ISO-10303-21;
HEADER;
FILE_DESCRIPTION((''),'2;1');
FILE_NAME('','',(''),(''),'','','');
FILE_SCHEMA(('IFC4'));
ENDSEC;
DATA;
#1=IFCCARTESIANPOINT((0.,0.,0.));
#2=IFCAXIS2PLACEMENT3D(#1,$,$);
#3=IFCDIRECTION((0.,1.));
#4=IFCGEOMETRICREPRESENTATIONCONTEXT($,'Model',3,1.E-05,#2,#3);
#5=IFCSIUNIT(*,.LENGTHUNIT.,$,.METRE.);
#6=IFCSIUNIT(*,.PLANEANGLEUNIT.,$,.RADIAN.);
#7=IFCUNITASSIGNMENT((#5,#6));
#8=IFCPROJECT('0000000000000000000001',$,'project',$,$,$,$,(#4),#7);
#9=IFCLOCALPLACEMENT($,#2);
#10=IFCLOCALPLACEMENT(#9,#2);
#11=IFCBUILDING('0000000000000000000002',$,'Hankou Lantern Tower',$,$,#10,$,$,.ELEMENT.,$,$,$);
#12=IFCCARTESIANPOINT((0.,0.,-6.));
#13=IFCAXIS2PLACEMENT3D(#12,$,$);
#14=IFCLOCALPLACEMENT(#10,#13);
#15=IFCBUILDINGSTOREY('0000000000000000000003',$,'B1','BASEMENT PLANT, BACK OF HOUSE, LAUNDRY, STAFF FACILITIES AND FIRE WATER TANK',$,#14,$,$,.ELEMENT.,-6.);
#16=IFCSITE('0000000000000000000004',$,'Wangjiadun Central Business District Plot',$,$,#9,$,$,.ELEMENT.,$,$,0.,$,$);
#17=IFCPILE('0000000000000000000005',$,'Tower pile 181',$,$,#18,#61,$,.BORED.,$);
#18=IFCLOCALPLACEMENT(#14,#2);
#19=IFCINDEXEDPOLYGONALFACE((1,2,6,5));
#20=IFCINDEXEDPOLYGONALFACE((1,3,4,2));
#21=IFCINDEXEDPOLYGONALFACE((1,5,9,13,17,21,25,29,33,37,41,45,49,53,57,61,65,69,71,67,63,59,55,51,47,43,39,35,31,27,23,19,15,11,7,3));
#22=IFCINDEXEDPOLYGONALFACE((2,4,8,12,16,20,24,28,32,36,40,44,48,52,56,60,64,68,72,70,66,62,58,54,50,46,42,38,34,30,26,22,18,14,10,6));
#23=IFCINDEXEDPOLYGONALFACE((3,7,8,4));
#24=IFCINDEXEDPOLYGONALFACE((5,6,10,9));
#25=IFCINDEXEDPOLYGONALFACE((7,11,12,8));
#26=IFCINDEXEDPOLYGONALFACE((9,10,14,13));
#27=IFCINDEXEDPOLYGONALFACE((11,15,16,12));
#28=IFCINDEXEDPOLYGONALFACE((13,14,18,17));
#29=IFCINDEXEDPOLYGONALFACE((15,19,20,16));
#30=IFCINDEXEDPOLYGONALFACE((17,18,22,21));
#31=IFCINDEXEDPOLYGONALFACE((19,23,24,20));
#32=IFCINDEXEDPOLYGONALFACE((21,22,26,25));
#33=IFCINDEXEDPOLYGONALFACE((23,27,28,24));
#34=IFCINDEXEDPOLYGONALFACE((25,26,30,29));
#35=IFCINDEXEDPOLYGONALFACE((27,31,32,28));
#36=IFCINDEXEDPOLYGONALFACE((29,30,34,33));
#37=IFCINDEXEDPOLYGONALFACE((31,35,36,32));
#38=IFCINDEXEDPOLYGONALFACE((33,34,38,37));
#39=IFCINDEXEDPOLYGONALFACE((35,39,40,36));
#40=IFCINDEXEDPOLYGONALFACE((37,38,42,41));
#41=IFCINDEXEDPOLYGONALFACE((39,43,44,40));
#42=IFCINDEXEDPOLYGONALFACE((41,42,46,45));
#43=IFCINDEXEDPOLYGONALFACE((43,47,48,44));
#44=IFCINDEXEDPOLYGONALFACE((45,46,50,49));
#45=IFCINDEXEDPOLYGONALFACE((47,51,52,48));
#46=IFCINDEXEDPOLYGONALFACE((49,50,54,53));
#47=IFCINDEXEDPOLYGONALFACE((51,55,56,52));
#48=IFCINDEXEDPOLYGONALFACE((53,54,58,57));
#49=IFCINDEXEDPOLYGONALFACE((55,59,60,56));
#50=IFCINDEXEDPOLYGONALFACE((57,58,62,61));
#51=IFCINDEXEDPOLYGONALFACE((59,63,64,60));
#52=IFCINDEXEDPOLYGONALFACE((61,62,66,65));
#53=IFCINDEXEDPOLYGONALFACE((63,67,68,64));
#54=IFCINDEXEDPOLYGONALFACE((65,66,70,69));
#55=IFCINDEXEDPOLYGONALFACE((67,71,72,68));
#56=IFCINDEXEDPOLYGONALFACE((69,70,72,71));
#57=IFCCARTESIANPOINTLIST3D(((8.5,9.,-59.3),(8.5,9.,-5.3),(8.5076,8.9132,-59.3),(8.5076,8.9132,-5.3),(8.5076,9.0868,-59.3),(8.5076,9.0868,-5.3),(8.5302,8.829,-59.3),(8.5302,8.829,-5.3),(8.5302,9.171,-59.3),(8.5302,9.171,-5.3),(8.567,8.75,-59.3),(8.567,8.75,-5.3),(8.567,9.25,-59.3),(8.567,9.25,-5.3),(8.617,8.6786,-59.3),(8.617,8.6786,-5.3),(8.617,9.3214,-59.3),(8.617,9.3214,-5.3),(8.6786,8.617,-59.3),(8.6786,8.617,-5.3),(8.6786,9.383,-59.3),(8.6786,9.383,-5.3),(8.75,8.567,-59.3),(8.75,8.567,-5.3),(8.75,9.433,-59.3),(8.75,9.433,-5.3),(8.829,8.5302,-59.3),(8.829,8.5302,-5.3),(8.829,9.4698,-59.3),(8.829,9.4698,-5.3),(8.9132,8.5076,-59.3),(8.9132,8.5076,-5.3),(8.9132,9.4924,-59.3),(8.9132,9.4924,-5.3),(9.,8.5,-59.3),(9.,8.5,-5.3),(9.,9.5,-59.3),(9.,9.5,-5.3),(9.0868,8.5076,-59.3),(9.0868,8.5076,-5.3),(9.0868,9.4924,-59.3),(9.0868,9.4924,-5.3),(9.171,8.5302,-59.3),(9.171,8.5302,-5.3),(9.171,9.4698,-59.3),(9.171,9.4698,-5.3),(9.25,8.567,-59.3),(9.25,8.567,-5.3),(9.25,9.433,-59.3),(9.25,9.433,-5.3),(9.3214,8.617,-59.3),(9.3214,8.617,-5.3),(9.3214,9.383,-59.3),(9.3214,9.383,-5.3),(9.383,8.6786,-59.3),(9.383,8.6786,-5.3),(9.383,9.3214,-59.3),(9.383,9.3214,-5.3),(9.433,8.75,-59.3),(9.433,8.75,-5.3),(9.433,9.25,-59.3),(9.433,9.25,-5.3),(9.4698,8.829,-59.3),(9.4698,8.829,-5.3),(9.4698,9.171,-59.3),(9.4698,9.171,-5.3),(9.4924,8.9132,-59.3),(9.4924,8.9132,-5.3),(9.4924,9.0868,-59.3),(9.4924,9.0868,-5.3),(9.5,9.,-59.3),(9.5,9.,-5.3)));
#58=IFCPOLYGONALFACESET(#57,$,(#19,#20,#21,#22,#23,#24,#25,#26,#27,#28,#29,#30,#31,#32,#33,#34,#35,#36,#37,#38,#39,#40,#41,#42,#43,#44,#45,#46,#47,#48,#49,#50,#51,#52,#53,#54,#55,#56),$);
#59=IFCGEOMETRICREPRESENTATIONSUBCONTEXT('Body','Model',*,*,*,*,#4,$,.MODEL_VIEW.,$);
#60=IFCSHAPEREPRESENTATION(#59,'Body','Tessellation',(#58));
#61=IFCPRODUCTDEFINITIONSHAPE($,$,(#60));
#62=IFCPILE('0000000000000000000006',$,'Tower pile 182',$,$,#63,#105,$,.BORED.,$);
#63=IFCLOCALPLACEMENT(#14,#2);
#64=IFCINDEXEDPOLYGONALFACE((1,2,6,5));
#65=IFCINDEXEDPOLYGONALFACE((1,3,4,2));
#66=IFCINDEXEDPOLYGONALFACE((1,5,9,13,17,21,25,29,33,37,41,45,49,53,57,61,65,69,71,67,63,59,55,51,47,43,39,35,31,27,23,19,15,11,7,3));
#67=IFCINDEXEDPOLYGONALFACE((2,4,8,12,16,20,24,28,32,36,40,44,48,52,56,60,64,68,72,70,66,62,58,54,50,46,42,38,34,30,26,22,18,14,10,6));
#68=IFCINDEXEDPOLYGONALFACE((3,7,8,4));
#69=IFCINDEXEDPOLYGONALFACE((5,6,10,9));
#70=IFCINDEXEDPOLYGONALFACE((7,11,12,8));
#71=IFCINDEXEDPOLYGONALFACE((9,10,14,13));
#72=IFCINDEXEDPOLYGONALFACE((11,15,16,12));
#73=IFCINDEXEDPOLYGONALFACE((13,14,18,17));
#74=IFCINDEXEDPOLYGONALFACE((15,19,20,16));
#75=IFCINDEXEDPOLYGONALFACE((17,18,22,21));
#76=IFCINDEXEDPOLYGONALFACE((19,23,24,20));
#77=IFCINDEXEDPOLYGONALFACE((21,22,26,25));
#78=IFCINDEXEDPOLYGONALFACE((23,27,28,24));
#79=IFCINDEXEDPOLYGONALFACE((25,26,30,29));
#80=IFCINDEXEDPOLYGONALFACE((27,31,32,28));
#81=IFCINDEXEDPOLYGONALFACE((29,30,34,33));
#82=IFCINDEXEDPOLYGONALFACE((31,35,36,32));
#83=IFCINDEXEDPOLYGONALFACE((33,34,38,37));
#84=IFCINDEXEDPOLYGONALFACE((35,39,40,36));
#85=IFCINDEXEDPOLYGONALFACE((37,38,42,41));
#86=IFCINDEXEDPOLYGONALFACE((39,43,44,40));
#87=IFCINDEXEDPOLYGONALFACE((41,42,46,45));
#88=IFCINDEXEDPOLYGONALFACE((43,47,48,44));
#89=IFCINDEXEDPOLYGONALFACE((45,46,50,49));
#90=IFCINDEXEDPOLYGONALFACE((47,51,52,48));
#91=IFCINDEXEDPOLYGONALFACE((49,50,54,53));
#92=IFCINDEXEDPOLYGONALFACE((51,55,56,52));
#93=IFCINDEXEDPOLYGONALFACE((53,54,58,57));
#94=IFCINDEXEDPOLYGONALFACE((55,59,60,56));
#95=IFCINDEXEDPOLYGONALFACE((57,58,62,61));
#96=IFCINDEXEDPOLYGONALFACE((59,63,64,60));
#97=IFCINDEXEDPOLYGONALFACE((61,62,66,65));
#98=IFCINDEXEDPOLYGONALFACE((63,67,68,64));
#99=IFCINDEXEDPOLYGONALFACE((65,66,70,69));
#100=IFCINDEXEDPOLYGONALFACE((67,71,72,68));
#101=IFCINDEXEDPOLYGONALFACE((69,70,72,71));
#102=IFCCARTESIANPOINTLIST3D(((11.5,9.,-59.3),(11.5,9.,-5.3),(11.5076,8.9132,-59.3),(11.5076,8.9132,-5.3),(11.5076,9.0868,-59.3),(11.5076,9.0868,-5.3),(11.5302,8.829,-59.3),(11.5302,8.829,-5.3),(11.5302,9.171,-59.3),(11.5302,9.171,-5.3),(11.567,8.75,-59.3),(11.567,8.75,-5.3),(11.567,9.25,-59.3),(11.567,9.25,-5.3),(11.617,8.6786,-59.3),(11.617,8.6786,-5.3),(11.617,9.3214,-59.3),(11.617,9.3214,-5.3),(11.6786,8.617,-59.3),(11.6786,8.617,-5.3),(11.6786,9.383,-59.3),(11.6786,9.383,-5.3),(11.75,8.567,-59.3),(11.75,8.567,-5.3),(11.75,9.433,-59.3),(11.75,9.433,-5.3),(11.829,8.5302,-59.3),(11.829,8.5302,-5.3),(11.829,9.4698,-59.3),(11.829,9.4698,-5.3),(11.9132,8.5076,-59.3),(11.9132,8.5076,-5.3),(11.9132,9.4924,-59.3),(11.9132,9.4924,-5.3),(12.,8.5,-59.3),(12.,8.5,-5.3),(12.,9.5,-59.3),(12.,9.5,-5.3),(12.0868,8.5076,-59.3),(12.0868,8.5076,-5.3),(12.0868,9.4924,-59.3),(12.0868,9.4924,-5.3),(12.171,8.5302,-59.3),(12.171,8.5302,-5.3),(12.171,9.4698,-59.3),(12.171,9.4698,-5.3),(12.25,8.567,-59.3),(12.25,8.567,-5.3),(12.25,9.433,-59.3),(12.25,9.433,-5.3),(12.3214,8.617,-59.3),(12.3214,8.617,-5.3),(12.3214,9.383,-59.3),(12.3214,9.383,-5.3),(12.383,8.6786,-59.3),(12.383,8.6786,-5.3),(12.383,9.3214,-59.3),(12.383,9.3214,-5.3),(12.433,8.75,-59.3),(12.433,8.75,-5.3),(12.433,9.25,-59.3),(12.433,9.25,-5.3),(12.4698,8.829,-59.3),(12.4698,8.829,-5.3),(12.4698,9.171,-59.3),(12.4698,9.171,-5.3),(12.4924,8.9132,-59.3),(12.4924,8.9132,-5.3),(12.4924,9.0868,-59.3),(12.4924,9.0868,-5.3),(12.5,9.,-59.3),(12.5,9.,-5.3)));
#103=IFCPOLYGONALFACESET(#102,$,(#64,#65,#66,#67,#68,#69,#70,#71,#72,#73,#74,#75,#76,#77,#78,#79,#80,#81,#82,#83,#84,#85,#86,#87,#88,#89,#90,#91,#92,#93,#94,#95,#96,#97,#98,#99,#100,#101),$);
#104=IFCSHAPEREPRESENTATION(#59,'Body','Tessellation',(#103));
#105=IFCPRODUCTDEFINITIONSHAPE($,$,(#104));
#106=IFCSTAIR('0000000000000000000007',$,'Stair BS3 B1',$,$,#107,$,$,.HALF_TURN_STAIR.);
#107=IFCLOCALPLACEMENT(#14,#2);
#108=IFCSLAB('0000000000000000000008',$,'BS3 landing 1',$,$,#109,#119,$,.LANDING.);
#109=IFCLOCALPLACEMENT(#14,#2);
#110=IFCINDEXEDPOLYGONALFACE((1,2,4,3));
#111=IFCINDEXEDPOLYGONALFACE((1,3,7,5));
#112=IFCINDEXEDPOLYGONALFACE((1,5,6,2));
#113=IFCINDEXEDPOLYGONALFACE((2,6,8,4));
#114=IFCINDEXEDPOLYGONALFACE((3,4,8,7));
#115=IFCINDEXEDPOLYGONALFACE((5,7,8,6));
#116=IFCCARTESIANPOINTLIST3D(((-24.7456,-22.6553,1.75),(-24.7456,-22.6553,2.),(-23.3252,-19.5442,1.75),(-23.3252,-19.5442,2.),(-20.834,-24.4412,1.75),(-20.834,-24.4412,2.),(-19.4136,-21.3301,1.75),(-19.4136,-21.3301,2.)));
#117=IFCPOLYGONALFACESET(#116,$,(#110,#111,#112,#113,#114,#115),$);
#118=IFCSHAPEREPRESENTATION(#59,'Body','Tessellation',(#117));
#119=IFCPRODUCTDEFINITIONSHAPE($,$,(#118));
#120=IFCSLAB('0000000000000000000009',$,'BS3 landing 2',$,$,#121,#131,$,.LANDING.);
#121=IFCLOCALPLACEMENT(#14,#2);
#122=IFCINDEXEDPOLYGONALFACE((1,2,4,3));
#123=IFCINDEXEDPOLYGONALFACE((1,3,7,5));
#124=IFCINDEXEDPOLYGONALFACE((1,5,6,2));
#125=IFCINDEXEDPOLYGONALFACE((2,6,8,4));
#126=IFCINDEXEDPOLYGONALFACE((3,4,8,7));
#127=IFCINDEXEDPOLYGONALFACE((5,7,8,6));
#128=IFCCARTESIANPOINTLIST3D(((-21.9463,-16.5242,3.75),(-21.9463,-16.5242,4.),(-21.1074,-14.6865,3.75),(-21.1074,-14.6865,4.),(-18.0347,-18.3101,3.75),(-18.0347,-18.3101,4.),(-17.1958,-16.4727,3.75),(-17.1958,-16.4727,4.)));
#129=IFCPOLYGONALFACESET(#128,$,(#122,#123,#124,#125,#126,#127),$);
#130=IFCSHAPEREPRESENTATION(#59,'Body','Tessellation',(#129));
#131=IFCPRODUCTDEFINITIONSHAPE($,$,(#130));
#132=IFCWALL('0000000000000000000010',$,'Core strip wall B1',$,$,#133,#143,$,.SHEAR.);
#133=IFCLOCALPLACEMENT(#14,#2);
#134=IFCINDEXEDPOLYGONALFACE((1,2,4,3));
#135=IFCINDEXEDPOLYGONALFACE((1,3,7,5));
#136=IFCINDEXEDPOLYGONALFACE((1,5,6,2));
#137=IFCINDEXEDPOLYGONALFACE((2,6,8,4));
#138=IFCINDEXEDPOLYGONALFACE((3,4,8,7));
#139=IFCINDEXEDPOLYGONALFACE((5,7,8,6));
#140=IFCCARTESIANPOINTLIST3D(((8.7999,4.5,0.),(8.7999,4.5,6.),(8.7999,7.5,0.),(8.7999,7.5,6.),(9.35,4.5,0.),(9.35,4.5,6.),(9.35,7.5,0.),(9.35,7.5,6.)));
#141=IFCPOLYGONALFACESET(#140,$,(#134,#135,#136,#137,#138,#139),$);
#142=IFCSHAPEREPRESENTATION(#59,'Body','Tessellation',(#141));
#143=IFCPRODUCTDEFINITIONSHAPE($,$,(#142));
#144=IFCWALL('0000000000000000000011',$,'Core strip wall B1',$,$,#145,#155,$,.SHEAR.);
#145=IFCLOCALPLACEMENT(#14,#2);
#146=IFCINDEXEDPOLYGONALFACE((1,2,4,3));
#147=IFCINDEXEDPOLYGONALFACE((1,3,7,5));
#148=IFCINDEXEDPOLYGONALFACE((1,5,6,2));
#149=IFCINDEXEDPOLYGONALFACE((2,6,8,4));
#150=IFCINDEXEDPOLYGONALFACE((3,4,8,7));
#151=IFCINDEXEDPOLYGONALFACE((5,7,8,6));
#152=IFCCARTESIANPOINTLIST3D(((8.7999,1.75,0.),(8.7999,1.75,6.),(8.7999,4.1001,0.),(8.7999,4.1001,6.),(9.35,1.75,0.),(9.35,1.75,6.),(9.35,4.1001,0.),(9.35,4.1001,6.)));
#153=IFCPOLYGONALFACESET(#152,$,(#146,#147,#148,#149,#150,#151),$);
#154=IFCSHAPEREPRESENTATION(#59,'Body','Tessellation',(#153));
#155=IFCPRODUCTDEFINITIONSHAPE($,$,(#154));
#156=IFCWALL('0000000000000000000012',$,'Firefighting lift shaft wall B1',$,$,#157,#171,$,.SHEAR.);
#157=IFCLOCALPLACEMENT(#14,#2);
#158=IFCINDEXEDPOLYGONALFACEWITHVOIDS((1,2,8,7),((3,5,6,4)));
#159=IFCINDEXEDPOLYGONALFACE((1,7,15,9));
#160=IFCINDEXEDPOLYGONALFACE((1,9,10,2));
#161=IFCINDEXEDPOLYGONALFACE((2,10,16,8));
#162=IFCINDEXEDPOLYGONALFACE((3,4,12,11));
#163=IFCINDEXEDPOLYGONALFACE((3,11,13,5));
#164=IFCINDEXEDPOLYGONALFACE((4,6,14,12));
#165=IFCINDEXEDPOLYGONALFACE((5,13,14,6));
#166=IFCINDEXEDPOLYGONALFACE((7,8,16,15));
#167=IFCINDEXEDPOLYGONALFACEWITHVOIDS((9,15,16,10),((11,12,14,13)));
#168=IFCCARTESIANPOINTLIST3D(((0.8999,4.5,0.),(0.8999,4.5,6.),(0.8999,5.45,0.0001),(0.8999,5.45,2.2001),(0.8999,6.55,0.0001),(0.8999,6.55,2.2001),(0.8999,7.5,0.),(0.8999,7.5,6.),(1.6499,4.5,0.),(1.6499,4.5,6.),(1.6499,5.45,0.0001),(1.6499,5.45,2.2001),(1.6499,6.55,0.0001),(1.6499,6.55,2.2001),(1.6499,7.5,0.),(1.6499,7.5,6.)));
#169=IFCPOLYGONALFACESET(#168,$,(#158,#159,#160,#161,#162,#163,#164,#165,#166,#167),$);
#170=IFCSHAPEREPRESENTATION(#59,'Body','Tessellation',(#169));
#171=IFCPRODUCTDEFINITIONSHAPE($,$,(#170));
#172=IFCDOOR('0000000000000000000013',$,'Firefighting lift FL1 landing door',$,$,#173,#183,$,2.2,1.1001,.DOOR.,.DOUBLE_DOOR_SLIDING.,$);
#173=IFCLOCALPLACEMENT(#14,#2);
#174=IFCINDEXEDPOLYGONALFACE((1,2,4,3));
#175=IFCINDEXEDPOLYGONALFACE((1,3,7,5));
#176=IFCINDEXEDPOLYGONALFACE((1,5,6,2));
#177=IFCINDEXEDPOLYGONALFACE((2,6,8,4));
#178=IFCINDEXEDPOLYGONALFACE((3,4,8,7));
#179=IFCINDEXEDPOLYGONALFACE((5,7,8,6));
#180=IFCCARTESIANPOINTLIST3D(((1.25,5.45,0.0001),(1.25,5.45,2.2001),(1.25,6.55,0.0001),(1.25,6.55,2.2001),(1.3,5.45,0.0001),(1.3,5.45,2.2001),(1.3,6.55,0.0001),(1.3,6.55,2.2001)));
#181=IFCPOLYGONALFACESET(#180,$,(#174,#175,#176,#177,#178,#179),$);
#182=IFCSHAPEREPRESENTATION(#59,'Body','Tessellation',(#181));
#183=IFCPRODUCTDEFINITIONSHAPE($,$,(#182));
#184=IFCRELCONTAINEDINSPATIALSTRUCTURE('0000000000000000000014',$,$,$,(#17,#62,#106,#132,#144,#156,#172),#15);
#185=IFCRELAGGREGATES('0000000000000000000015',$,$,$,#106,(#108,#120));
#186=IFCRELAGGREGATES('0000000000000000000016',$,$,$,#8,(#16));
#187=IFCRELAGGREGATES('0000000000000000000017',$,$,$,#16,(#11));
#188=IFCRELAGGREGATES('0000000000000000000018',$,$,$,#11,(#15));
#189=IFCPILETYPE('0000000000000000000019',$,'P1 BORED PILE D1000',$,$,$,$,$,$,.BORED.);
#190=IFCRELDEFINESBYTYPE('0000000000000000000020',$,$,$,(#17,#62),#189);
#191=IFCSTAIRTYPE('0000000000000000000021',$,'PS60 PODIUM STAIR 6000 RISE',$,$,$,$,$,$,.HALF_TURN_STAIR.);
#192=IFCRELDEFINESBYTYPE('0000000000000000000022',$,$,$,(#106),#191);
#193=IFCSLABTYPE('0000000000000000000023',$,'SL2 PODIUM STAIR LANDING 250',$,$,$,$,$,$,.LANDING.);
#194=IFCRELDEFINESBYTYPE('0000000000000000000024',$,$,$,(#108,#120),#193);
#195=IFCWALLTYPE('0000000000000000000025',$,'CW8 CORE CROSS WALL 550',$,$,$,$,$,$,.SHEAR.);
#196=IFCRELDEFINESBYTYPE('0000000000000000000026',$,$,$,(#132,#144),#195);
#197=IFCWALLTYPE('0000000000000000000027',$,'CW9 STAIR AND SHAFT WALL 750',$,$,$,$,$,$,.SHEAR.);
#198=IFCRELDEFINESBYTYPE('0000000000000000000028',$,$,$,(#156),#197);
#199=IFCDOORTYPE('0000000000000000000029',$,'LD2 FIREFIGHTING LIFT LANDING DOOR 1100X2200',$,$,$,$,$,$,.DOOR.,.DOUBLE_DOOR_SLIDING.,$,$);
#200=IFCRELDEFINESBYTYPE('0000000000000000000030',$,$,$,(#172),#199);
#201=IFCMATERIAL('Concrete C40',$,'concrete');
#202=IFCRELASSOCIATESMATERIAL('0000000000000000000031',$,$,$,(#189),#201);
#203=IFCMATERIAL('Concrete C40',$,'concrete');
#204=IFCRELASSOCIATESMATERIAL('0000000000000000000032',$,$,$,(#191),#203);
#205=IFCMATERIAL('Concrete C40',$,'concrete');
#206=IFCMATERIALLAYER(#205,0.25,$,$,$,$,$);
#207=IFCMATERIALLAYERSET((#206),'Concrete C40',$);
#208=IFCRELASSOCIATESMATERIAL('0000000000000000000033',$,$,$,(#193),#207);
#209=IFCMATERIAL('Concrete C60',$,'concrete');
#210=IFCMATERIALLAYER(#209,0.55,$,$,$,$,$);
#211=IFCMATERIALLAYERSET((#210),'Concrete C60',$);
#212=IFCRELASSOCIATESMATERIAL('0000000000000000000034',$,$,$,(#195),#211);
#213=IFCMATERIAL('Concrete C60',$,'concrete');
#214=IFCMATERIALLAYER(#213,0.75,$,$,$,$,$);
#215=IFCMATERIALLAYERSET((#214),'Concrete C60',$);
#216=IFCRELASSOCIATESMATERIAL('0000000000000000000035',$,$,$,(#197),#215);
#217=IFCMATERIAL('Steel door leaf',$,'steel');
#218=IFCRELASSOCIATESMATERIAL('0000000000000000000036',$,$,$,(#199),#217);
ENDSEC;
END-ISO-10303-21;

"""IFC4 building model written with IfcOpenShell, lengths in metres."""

from ifc_helpers import new_model, si_unit, direction, frame, frame_2d, origin, origin_2d, place, context, subcontext, project, spatial, polyline, rectangle, circle, outline, extrude, material, layer, layer_set, material_profile, profile_set, type_object, element, fill, aggregate, save


model = new_model("IFC4")

# Units and contexts
model_context = context("Model", 3, precision=1e-05, world=origin(), true_north=direction((0.0, 1.0)))
body_context = subcontext(model_context, "Body", "Model", "MODEL_VIEW")
ifc_project = project(units=[si_unit("LENGTHUNIT", "METRE"), si_unit("PLANEANGLEUNIT", "RADIAN")], contexts=[model_context])

# Site, building, storey
site_placement = place(None, origin())
site = spatial("IfcSite", under=ifc_project, at=site_placement, Name="Wangjiadun Central Business District Plot", CompositionType="ELEMENT", RefElevation=0.0)
building_placement = place(site_placement, origin())
building = spatial("IfcBuilding", under=site, at=building_placement, Name="Hankou Lantern Tower", CompositionType="ELEMENT")
storey_placement = place(building_placement, frame((0.0, 0.0, -6.0)))
storey = spatial("IfcBuildingStorey", under=building, at=storey_placement, Name="B1", Description="BASEMENT PLANT, BACK OF HOUSE, LAUNDRY, STAFF FACILITIES AND FIRE WATER TANK", CompositionType="ELEMENT", Elevation=-6.0)

# Piles
ifc_material_1 = material(Name="Concrete C40", Category="concrete")
ifc_material_profile = material_profile(ifc_material_1, circle(Radius=0.5, at=origin_2d()), Name="RC D1000")
ifc_profile_set = profile_set([ifc_material_profile], Name="Concrete C40")
pile_type = type_object("IfcPileType", Name="P1 BORED PILE D1000", PredefinedType="BORED", material=ifc_profile_set)
for number, where, z_axis, x_axis, name in (
    (1, (9.0, 9.0, -5.3), (0.0, 0.0, -1.0), (1.0, 0.0, 0.0), "Tower pile 181"),
    (2, (12.0, 9.0, -5.3), (0.0, 0.0, -1.0), (1.0, 0.0, 0.0), "Tower pile 182"),
):
    element("IfcPile", number, at=place(storey_placement, frame(where, z_axis=z_axis, x_axis=x_axis)), inside=storey, type_object=pile_type, Name=name, PredefinedType="BORED", context=body_context, shape_type="SweptSolid", body=[
        extrude(circle(Radius=0.5, at=origin_2d()), origin(), (0.0, 0.0, 1.0), 54.0),
    ])

# Stair, slabs
ifc_material_2 = material(Name="Concrete C40", Category="concrete")
stair_type = type_object("IfcStairType", Name="PS60 PODIUM STAIR 6000 RISE", PredefinedType="HALF_TURN_STAIR", material=ifc_material_2)
stair_placement = place(storey_placement, origin())
stair = element("IfcStair", 3, at=stair_placement, inside=storey, type_object=stair_type, Name="Stair BS3 B1", PredefinedType="HALF_TURN_STAIR")
ifc_material_3 = material(Name="Concrete C40", Category="concrete")
ifc_layer_1 = layer(ifc_material_3, 0.25)
ifc_layer_set_1 = layer_set([ifc_layer_1], Name="Concrete C40")
slab_type = type_object("IfcSlabType", Name="SL2 PODIUM STAIR LANDING 250", PredefinedType="LANDING", material=ifc_layer_set_1)
slab_1_placement = place(storey_placement, frame((0.0, 0.0, 1.75)))
slab_1 = element("IfcSlab", 4, at=slab_1_placement, type_object=slab_type, Name="BS3 landing 1", PredefinedType="LANDING", context=body_context, shape_type="SweptSolid", body=[
    extrude(outline(polyline([(-24.7456, -22.6553), (-20.834, -24.4412), (-19.4136, -21.3301), (-23.3252, -19.5442), (-24.7456, -22.6553)])), origin(), (0.0, 0.0, 1.0), 0.25),
])
slab_2_placement = place(storey_placement, frame((0.0, 0.0, 3.75)))
slab_2 = element("IfcSlab", 5, at=slab_2_placement, type_object=slab_type, Name="BS3 landing 2", PredefinedType="LANDING", context=body_context, shape_type="SweptSolid", body=[
    extrude(outline(polyline([(-21.9463, -16.5242), (-18.0347, -18.3101), (-17.1958, -16.4727), (-21.1074, -14.6865), (-21.9463, -16.5242)])), origin(), (0.0, 0.0, 1.0), 0.25),
])
aggregate(stair, [slab_1, slab_2])

# Walls
ifc_material_4 = material(Name="Concrete C60", Category="concrete")
ifc_layer_2 = layer(ifc_material_4, 0.55)
ifc_layer_set_2 = layer_set([ifc_layer_2], Name="Concrete C60")
wall_type_1 = type_object("IfcWallType", Name="CW8 CORE CROSS WALL 550", PredefinedType="SHEAR", material=ifc_layer_set_2)
wall_1_placement = place(storey_placement, frame((9.075, 4.5, 0.0), z_axis=(0.0, 0.0, 1.0), x_axis=(0.0, 1.0, 0.0)))
element("IfcWall", 6, at=wall_1_placement, inside=storey, type_object=wall_type_1, Name="Core strip wall B1", PredefinedType="SHEAR", context=body_context, shape_type="SweptSolid", body=[
    extrude(rectangle(XDim=3.0, YDim=0.55, at=frame_2d((1.5, 0.0))), origin(), (0.0, 0.0, 1.0), 6.0),
])
wall_2_placement = place(storey_placement, frame((9.075, 1.75, 0.0), z_axis=(0.0, 0.0, 1.0), x_axis=(0.0, 1.0, 0.0)))
element("IfcWall", 7, at=wall_2_placement, inside=storey, type_object=wall_type_1, Name="Core strip wall B1", PredefinedType="SHEAR", context=body_context, shape_type="SweptSolid", body=[
    extrude(rectangle(XDim=2.3501, YDim=0.55, at=frame_2d((1.175, 0.0))), origin(), (0.0, 0.0, 1.0), 6.0),
])

# Wall, opening, door
ifc_material_5 = material(Name="Concrete C60", Category="concrete")
ifc_layer_3 = layer(ifc_material_5, 0.75)
ifc_layer_set_3 = layer_set([ifc_layer_3], Name="Concrete C60")
wall_type_2 = type_object("IfcWallType", Name="CW9 STAIR AND SHAFT WALL 750", PredefinedType="SHEAR", material=ifc_layer_set_3)
wall_3_placement = place(storey_placement, frame((1.2749, 4.5, 0.0), z_axis=(0.0, 0.0, 1.0), x_axis=(0.0, 1.0, 0.0)))
wall_3 = element("IfcWall", 8, at=wall_3_placement, inside=storey, type_object=wall_type_2, Name="Firefighting lift shaft wall B1", PredefinedType="SHEAR", context=body_context, shape_type="SweptSolid", body=[
    extrude(rectangle(XDim=3.0, YDim=0.75, at=frame_2d((1.5, 0.0))), origin(), (0.0, 0.0, 1.0), 6.0),
])
opening_placement = place(wall_3_placement, frame((0.95, 0.0, 0.0)))
opening = element("IfcOpeningElement", 9, at=opening_placement, cuts=wall_3, PredefinedType="OPENING", context=body_context, shape_type="SweptSolid", body=[
    extrude(rectangle(XDim=1.1001, YDim=2.2, at=frame_2d((0.55, 1.1001))), frame((0.0, 0.385, 0.0), z_axis=(0.0, -1.0, 0.0), x_axis=(1.0, 0.0, 0.0)), (0.0, 0.0, 1.0), 0.77),
])
ifc_material_6 = material(Name="Steel door leaf", Category="steel")
door_type = type_object("IfcDoorType", Name="LD2 FIREFIGHTING LIFT LANDING DOOR 1100X2200", OperationType="DOUBLE_DOOR_SLIDING", PredefinedType="DOOR", material=ifc_material_6)
door_placement = place(opening_placement, origin())
door = element("IfcDoor", 10, at=door_placement, inside=storey, type_object=door_type, Name="Firefighting lift FL1 landing door", OperationType="DOUBLE_DOOR_SLIDING", OverallHeight=2.2, OverallWidth=1.1001, PredefinedType="DOOR", context=body_context, shape_type="SweptSolid", body=[
    extrude(rectangle(XDim=1.1001, YDim=2.2, at=frame_2d((0.55, 1.1001))), frame((0.0, 0.0249, 0.0), z_axis=(0.0, -1.0, 0.0), x_axis=(1.0, 0.0, 0.0)), (0.0, 0.0, 1.0), 0.05),
])
fill(opening, door)

save(model, "model.ifc")
